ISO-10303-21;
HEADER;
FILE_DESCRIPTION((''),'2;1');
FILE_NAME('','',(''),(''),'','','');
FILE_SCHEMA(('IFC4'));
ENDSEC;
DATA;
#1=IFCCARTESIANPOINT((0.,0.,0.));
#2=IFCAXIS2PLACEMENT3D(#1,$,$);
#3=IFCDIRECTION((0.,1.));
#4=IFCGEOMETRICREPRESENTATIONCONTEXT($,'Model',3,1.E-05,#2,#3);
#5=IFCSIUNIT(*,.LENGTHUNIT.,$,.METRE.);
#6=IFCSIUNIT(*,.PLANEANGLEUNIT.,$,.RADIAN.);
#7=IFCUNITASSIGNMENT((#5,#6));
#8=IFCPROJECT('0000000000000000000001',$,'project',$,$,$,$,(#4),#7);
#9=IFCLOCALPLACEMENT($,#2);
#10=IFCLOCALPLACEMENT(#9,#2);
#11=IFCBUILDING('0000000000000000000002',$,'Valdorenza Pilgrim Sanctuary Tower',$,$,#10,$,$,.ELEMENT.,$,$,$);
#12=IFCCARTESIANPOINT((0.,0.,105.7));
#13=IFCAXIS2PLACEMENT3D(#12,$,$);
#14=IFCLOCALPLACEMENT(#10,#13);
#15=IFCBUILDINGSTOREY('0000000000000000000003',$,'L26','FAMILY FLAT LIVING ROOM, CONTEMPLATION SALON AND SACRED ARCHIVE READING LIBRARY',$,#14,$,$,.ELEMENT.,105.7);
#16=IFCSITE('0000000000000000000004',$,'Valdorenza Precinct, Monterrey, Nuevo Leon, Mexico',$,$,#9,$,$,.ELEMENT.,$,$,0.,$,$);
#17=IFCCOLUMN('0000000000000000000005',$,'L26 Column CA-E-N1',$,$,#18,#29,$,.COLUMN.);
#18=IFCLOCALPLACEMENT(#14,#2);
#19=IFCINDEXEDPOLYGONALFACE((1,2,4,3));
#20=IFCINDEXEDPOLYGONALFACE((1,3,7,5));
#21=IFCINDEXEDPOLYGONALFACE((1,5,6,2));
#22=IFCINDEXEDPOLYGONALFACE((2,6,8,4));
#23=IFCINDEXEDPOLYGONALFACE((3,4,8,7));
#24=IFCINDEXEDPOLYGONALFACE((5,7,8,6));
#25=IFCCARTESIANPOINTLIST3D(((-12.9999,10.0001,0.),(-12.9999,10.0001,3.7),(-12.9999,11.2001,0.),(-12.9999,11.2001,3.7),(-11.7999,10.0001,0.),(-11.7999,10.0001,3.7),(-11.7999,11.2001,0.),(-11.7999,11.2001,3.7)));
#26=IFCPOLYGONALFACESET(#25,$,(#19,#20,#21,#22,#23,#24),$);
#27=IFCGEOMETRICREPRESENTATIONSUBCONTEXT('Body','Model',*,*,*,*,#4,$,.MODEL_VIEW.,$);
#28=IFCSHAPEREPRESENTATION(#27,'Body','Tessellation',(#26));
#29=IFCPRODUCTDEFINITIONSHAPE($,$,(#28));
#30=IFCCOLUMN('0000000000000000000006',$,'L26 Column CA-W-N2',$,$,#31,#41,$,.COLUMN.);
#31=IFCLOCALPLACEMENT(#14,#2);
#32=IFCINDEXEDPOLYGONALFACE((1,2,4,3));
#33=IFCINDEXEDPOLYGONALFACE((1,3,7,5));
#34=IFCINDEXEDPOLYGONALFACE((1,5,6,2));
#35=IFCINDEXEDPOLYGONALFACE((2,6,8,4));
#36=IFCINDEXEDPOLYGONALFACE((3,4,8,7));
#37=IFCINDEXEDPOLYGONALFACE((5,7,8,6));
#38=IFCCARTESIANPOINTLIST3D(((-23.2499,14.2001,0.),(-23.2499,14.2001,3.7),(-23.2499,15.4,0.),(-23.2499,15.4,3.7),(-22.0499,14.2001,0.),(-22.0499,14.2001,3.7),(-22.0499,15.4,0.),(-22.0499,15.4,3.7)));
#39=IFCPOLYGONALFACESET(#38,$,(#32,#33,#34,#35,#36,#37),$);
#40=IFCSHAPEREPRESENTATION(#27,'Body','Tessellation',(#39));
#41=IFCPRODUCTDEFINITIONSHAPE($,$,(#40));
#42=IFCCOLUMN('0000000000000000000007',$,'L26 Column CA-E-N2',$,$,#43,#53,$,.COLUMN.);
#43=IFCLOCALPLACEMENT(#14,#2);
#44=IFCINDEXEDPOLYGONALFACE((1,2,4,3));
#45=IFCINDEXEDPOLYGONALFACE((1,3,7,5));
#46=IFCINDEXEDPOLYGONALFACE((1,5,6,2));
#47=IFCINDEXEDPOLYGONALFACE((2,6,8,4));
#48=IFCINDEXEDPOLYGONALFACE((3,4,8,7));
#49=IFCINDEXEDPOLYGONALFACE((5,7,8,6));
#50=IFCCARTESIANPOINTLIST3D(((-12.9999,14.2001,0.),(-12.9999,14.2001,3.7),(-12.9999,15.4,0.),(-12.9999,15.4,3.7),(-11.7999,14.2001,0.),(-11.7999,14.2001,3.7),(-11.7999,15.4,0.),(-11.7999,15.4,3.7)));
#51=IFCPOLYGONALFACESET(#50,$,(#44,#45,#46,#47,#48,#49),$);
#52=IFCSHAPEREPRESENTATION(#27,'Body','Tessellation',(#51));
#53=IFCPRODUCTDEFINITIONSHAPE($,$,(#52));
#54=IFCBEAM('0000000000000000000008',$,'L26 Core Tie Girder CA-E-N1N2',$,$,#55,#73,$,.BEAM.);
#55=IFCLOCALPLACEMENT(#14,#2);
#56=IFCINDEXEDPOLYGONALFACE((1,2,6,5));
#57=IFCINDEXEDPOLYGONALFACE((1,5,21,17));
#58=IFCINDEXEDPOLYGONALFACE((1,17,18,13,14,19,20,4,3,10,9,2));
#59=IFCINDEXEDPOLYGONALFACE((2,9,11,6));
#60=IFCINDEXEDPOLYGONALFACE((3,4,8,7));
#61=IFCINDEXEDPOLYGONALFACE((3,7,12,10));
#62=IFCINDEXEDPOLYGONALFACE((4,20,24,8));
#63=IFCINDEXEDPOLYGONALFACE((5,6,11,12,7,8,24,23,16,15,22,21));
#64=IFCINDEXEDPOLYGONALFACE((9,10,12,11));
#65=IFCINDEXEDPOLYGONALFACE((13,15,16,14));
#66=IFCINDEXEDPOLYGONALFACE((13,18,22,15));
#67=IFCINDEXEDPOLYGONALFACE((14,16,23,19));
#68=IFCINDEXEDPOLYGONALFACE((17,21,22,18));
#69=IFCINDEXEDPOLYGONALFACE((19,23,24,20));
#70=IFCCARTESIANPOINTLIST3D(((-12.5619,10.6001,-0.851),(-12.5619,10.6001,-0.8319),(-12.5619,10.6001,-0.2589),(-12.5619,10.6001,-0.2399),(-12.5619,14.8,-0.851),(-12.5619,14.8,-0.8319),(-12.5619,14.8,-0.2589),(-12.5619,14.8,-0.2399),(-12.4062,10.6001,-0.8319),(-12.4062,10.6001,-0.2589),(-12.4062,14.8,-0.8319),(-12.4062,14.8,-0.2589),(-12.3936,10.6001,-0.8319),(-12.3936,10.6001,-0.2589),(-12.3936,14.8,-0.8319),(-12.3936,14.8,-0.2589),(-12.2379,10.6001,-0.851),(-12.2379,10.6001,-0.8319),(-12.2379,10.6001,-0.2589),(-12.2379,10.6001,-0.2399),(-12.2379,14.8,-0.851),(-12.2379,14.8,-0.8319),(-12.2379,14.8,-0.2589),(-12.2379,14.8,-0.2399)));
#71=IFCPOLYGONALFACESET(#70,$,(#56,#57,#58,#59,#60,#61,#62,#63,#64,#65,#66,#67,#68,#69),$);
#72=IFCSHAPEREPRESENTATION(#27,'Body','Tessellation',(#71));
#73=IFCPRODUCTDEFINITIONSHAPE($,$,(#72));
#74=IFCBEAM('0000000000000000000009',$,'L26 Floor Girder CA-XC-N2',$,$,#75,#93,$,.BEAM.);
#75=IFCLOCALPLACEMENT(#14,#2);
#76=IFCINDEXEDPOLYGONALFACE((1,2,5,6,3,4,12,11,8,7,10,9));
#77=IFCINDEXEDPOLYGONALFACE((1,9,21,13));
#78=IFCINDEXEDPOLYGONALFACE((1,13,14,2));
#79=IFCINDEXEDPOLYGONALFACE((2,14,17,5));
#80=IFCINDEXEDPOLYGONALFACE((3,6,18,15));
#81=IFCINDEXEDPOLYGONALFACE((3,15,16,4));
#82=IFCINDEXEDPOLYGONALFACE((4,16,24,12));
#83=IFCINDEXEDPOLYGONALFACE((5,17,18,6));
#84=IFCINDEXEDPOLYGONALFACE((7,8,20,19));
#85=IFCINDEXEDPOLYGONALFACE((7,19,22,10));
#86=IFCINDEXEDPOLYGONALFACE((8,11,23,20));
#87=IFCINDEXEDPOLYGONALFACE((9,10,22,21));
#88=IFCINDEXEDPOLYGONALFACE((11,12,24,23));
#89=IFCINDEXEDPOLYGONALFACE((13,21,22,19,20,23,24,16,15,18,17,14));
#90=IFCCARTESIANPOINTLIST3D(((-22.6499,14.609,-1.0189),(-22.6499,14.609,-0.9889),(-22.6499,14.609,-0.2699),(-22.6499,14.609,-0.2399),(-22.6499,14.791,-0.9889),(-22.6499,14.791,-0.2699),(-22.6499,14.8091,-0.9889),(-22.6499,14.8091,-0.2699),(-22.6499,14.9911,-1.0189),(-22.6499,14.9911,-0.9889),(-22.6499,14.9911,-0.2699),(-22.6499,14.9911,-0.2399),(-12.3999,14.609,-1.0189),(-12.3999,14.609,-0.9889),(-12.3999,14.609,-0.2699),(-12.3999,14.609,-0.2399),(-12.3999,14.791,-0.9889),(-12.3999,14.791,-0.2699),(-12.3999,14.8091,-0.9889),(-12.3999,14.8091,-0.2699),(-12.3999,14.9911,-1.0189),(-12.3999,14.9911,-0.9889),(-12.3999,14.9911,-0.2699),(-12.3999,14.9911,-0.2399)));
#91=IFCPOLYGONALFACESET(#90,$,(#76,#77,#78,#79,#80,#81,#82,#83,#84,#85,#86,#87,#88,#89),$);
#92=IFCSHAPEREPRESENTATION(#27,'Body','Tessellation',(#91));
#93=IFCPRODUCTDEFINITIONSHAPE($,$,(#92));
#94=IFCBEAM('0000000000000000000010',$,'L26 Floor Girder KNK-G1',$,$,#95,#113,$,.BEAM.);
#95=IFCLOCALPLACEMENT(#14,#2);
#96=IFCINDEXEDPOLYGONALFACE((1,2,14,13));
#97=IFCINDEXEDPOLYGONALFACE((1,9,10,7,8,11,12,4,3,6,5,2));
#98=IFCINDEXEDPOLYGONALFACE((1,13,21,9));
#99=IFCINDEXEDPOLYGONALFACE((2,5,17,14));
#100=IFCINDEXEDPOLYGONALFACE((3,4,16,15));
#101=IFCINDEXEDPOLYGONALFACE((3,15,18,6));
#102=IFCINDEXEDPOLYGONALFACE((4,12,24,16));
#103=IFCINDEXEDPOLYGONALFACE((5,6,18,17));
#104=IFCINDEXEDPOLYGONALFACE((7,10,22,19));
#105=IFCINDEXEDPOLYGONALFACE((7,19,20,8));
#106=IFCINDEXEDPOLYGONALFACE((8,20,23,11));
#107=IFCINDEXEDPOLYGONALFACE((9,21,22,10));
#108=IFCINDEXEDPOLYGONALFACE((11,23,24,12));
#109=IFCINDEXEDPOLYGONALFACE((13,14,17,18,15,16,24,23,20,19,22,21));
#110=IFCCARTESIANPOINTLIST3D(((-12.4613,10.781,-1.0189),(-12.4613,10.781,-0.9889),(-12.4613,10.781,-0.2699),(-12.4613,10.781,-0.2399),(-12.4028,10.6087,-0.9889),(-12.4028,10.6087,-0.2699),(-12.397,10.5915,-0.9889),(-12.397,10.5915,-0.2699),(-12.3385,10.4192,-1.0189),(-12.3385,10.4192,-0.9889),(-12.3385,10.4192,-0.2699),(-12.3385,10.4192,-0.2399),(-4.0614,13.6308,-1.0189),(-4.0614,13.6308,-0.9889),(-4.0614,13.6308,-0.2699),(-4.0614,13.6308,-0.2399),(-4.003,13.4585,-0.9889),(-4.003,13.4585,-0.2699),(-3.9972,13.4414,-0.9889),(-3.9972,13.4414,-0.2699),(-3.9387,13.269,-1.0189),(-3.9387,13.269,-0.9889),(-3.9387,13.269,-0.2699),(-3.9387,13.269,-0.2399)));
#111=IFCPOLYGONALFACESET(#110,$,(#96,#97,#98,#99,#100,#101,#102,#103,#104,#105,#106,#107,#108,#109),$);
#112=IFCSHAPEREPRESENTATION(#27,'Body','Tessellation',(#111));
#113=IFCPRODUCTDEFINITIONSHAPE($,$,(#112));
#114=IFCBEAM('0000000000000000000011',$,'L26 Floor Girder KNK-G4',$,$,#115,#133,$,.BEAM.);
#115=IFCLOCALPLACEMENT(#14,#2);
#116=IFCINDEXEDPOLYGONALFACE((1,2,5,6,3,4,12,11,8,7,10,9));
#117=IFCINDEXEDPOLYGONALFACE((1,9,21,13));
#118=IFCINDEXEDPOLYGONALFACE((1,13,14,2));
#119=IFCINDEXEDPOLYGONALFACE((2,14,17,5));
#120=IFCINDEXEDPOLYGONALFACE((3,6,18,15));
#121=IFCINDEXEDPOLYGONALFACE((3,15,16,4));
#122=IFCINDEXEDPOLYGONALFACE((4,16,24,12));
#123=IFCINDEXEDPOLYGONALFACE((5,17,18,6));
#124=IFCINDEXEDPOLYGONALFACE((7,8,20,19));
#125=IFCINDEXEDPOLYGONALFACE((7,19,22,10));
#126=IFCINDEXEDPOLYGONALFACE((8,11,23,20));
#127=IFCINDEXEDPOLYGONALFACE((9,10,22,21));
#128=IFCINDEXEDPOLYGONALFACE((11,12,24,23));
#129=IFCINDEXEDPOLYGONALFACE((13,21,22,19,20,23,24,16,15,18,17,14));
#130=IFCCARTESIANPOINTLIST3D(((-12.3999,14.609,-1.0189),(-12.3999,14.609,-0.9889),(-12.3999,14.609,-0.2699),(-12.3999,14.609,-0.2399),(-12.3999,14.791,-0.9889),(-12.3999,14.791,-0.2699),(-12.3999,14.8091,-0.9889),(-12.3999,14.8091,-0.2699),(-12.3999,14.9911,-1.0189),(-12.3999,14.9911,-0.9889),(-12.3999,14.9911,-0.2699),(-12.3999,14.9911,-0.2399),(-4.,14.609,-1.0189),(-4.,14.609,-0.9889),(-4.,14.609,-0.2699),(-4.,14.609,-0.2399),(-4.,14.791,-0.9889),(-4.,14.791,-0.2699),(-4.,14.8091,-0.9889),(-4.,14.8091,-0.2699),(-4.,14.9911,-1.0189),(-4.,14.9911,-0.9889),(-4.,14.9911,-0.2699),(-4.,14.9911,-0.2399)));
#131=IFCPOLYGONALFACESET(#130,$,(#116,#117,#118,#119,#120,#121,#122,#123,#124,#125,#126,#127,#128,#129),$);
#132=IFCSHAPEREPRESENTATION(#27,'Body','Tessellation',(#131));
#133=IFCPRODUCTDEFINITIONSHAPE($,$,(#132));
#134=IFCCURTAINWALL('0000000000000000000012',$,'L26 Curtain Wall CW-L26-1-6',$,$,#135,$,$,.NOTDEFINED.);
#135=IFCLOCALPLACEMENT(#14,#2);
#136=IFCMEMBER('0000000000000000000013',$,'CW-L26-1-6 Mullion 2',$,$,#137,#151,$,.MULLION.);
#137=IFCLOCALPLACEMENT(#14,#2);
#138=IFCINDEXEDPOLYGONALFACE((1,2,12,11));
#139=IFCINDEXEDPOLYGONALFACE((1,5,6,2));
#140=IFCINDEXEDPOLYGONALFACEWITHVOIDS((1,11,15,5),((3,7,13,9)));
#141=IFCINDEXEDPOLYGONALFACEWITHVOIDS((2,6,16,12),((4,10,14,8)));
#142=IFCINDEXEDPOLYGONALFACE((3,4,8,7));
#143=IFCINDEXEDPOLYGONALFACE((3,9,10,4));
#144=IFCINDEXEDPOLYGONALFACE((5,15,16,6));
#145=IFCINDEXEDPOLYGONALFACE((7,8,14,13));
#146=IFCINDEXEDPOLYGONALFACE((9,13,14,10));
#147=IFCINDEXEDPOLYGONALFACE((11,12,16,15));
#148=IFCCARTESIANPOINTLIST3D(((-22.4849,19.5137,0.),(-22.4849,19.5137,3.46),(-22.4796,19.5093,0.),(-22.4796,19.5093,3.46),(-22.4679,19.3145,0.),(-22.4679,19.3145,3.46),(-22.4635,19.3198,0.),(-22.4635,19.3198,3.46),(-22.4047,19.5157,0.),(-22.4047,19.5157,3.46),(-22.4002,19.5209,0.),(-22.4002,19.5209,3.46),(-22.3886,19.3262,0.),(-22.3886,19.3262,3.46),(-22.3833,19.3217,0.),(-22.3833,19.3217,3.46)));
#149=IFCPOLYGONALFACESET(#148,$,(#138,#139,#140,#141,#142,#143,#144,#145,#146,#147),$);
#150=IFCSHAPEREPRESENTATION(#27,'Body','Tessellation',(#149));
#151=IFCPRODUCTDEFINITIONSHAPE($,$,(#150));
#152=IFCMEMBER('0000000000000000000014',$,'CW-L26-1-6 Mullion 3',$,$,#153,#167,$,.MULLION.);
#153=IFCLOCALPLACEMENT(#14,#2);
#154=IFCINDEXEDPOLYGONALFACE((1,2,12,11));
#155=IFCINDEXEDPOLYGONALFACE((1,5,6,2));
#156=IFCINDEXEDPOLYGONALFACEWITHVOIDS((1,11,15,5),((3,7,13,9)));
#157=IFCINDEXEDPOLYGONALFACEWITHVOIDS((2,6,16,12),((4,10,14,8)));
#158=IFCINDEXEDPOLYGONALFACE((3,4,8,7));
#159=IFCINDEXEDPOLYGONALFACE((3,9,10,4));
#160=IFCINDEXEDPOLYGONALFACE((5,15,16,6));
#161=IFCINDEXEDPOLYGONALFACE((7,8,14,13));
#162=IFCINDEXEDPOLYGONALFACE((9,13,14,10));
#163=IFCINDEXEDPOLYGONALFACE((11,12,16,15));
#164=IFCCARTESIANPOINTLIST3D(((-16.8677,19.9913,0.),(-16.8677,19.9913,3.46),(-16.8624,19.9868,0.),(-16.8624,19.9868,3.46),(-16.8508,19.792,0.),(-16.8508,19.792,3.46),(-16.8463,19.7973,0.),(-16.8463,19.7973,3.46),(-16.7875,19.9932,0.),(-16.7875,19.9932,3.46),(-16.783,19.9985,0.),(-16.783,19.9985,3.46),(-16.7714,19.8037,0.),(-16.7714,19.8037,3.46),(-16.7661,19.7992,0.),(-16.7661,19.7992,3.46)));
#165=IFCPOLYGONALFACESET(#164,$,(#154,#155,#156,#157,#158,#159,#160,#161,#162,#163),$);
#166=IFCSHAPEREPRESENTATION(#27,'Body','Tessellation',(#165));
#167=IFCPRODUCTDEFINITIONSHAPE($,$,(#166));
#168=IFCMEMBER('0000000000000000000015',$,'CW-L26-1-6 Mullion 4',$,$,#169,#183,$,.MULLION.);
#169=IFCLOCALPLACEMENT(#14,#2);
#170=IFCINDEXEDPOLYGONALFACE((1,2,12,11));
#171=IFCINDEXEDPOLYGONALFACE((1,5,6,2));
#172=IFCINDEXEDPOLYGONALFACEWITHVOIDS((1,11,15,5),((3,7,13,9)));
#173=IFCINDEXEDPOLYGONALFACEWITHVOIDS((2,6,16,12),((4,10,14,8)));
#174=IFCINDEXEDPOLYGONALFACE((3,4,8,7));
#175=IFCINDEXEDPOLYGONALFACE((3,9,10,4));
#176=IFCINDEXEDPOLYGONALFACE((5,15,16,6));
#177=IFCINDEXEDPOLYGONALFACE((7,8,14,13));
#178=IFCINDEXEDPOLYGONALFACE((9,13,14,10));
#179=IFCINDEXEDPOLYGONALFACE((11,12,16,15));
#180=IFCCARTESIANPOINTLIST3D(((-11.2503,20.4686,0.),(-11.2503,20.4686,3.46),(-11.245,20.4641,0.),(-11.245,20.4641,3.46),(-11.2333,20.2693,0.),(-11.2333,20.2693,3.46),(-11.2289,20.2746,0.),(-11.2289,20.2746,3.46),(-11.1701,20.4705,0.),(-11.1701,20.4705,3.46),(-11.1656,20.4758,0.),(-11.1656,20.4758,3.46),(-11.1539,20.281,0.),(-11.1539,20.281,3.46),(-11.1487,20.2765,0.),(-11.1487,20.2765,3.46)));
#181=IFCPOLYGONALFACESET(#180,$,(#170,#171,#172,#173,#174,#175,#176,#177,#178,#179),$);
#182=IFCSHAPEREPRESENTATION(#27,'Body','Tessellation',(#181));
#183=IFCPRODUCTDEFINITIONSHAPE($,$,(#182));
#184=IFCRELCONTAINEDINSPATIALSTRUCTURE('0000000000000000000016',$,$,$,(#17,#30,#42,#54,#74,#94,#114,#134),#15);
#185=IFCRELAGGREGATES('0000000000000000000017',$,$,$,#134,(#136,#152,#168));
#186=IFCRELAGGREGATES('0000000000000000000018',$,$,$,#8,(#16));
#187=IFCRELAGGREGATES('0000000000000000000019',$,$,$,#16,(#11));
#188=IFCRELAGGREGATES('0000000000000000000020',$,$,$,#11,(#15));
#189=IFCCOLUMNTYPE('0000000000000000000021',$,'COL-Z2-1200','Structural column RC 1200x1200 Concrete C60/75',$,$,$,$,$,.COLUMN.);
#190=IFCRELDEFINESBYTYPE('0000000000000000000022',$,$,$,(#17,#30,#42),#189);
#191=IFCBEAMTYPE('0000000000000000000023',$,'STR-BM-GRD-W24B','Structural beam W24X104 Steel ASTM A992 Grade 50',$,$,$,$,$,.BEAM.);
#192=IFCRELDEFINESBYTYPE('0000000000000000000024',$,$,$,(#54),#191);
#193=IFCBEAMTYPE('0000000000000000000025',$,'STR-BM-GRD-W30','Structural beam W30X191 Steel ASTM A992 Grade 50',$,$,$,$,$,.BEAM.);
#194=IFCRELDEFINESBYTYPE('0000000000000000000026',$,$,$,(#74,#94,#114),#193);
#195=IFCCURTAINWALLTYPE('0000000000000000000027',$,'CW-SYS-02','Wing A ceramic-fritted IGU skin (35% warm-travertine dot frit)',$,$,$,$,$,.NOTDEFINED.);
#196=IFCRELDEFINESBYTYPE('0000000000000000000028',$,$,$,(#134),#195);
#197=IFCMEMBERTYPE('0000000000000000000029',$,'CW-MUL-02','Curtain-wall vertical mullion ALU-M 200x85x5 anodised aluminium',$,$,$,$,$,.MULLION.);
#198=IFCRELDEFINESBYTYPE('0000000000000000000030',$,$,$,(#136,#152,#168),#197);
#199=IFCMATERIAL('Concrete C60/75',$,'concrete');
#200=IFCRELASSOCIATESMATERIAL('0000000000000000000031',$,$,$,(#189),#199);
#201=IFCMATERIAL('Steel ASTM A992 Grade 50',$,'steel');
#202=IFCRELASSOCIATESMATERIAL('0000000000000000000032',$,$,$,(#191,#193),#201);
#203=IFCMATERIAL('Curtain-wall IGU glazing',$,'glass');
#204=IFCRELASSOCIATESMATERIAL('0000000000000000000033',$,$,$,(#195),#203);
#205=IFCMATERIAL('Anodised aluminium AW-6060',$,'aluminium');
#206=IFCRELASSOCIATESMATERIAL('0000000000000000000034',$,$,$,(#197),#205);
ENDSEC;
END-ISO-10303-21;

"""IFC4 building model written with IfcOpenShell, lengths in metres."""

from ifc_helpers import new_model, si_unit, direction, frame, origin, origin_2d, place, context, subcontext, project, spatial, rectangle, hollow_rectangle, i_section, extrude, source, transform, mapped, material, material_profile, profile_set, type_object, element, aggregate, save


model = new_model("IFC4")

# Units and contexts
model_context = context("Model", 3, precision=1e-05, world=origin(), true_north=direction((0.0, 1.0)))
body_context = subcontext(model_context, "Body", "Model", "MODEL_VIEW")
ifc_project = project(units=[si_unit("LENGTHUNIT", "METRE"), si_unit("PLANEANGLEUNIT", "RADIAN")], contexts=[model_context])

# Site, building, storey
site_placement = place(None, origin())
site = spatial("IfcSite", under=ifc_project, at=site_placement, Name="Valdorenza Precinct, Monterrey, Nuevo Leon, Mexico", CompositionType="ELEMENT", RefElevation=0.0)
building_placement = place(site_placement, origin())
building = spatial("IfcBuilding", under=site, at=building_placement, Name="Valdorenza Pilgrim Sanctuary Tower", CompositionType="ELEMENT")
storey_placement = place(building_placement, frame((0.0, 0.0, 105.7)))
storey = spatial("IfcBuildingStorey", under=building, at=storey_placement, Name="L26", Description="FAMILY FLAT LIVING ROOM, CONTEMPLATION SALON AND SACRED ARCHIVE READING LIBRARY", CompositionType="ELEMENT", Elevation=105.7)

# Columns
ifc_material_1 = material(Name="Concrete C60/75", Category="concrete")
ifc_material_profile_1 = material_profile(ifc_material_1, rectangle(XDim=1.2, YDim=1.2, at=origin_2d()), Name="RC 1200x1200")
ifc_profile_set_1 = profile_set([ifc_material_profile_1], Name="Concrete C60/75")
column_type = type_object("IfcColumnType", Name="COL-Z2-1200", Description="Structural column RC 1200x1200 Concrete C60/75", PredefinedType="COLUMN", material=ifc_profile_set_1)
shared_shape_1 = source(origin(), body_context, "Body", "SweptSolid", [
    extrude(rectangle(XDim=1.2, YDim=1.2, at=origin_2d()), origin(), (0.0, 0.0, 1.0), 3.7),
])
for number, where, z_axis, x_axis, name in (
    (1, (-12.3999, 10.6001, 0.0), (0.0, 0.0, 1.0), (1.0, 0.0, 0.0), "L26 Column CA-E-N1"),
    (2, (-22.6499, 14.8, 0.0), (0.0, 0.0, 1.0), (1.0, 0.0, 0.0), "L26 Column CA-W-N2"),
    (3, (-12.3999, 14.8, 0.0), (0.0, 0.0, 1.0), (1.0, 0.0, 0.0), "L26 Column CA-E-N2"),
):
    element("IfcColumn", number, at=place(storey_placement, frame(where, z_axis=z_axis, x_axis=x_axis)), inside=storey, type_object=column_type, Name=name, PredefinedType="COLUMN", context=body_context, shape_type="MappedRepresentation", body=[
        mapped(shared_shape_1, transform((0.0, 0.0, 0.0), x_axis=(1.0, 0.0, 0.0), y_axis=(0.0, 1.0, 0.0), z_axis=(0.0, 0.0, 1.0), scale=1.0)),
    ])

# Beams
ifc_material_2 = material(Name="Steel ASTM A992 Grade 50", Category="steel")
ifc_material_profile_2 = material_profile(ifc_material_2, i_section(OverallWidth=0.324, OverallDepth=0.6111, WebThickness=0.0127, FlangeThickness=0.019, at=origin_2d()), Name="W24X104")
ifc_profile_set_2 = profile_set([ifc_material_profile_2], Name="Steel ASTM A992 Grade 50")
beam_type_1 = type_object("IfcBeamType", Name="STR-BM-GRD-W24B", Description="Structural beam W24X104 Steel ASTM A992 Grade 50", PredefinedType="BEAM", material=ifc_profile_set_2)
shared_shape_2 = source(origin(), body_context, "Body", "SweptSolid", [
    extrude(i_section(OverallWidth=0.324, OverallDepth=0.6111, WebThickness=0.0127, FlangeThickness=0.019, at=origin_2d()), origin(), (0.0, 0.0, 1.0), 4.2),
])
beam_1_placement = place(storey_placement, frame((-12.3999, 10.6001, -0.5454), z_axis=(0.0, 1.0, 0.0), x_axis=(-1.0, 0.0, 0.0)))
element("IfcBeam", 4, at=beam_1_placement, inside=storey, type_object=beam_type_1, Name="L26 Core Tie Girder CA-E-N1N2", PredefinedType="BEAM", context=body_context, shape_type="MappedRepresentation", body=[
    mapped(shared_shape_2, transform((0.0, 0.0, 0.0), x_axis=(1.0, 0.0, 0.0), y_axis=(0.0, 1.0, 0.0), z_axis=(0.0, 0.0, 1.0), scale=1.0)),
])
ifc_material_profile_3 = material_profile(ifc_material_2, i_section(OverallWidth=0.3821, OverallDepth=0.7791, WebThickness=0.0181, FlangeThickness=0.03, at=origin_2d()), Name="W30X191")
ifc_profile_set_3 = profile_set([ifc_material_profile_3], Name="Steel ASTM A992 Grade 50")
beam_type_2 = type_object("IfcBeamType", Name="STR-BM-GRD-W30", Description="Structural beam W30X191 Steel ASTM A992 Grade 50", PredefinedType="BEAM", material=ifc_profile_set_3)
shared_shape_3 = source(origin(), body_context, "Body", "SweptSolid", [
    extrude(i_section(OverallWidth=0.3821, OverallDepth=0.7791, WebThickness=0.0181, FlangeThickness=0.03, at=origin_2d()), origin(), (0.0, 0.0, 1.0), 10.25),
])
beam_2_placement = place(storey_placement, frame((-22.6499, 14.8, -0.6294), z_axis=(1.0, 0.0, 0.0), x_axis=(0.0, 1.0, 0.0)))
element("IfcBeam", 5, at=beam_2_placement, inside=storey, type_object=beam_type_2, Name="L26 Floor Girder CA-XC-N2", PredefinedType="BEAM", context=body_context, shape_type="MappedRepresentation", body=[
    mapped(shared_shape_3, transform((0.0, 0.0, 0.0), x_axis=(1.0, 0.0, 0.0), y_axis=(0.0, 1.0, 0.0), z_axis=(0.0, 0.0, 1.0), scale=1.0)),
])
shared_shape_4 = source(origin(), body_context, "Body", "SweptSolid", [
    extrude(i_section(OverallWidth=0.3821, OverallDepth=0.7791, WebThickness=0.0181, FlangeThickness=0.03, at=origin_2d()), origin(), (0.0, 0.0, 1.0), 8.8701),
])
beam_3_placement = place(storey_placement, frame((-12.3999, 10.6001, -0.6294), z_axis=(0.946983, 0.321285, 0.0), x_axis=(-0.321285, 0.946983, 0.0)))
element("IfcBeam", 6, at=beam_3_placement, inside=storey, type_object=beam_type_2, Name="L26 Floor Girder KNK-G1", PredefinedType="BEAM", context=body_context, shape_type="MappedRepresentation", body=[
    mapped(shared_shape_4, transform((0.0, 0.0, 0.0), x_axis=(1.0, 0.0, 0.0), y_axis=(0.0, 1.0, 0.0), z_axis=(0.0, 0.0, 1.0), scale=1.0)),
])
shared_shape_5 = source(origin(), body_context, "Body", "SweptSolid", [
    extrude(i_section(OverallWidth=0.3821, OverallDepth=0.7791, WebThickness=0.0181, FlangeThickness=0.03, at=origin_2d()), origin(), (0.0, 0.0, 1.0), 8.3999),
])
beam_4_placement = place(storey_placement, frame((-12.3999, 14.8, -0.6294), z_axis=(1.0, 0.0, 0.0), x_axis=(0.0, 1.0, 0.0)))
element("IfcBeam", 7, at=beam_4_placement, inside=storey, type_object=beam_type_2, Name="L26 Floor Girder KNK-G4", PredefinedType="BEAM", context=body_context, shape_type="MappedRepresentation", body=[
    mapped(shared_shape_5, transform((0.0, 0.0, 0.0), x_axis=(1.0, 0.0, 0.0), y_axis=(0.0, 1.0, 0.0), z_axis=(0.0, 0.0, 1.0), scale=1.0)),
])

# Curtain wall, members
ifc_material_3 = material(Name="Curtain-wall IGU glazing", Category="glass")
curtain_wall_type = type_object("IfcCurtainWallType", Name="CW-SYS-02", Description="Wing A ceramic-fritted IGU skin (35% warm-travertine dot frit)", PredefinedType="NOTDEFINED", material=ifc_material_3)
curtain_wall_placement = place(storey_placement, origin())
curtain_wall = element("IfcCurtainWall", 8, at=curtain_wall_placement, inside=storey, type_object=curtain_wall_type, Name="L26 Curtain Wall CW-L26-1-6", PredefinedType="NOTDEFINED")
ifc_material_4 = material(Name="Anodised aluminium AW-6060", Category="aluminium")
ifc_material_profile_4 = material_profile(ifc_material_4, hollow_rectangle(XDim=0.085, YDim=0.2, WallThickness=0.0049, at=origin_2d()), Name="ALU-M 200x85x5")
ifc_profile_set_4 = profile_set([ifc_material_profile_4], Name="Anodised aluminium AW-6060")
member_type = type_object("IfcMemberType", Name="CW-MUL-02", Description="Curtain-wall vertical mullion ALU-M 200x85x5 anodised aluminium", PredefinedType="MULLION", material=ifc_profile_set_4)
shared_shape_6 = source(origin(), body_context, "Body", "SweptSolid", [
    extrude(hollow_rectangle(XDim=0.085, YDim=0.2, WallThickness=0.0049, at=origin_2d()), origin(), (0.0, 0.0, 1.0), 3.46),
])
member_1_placement = place(storey_placement, frame((-22.4341, 19.4177, 0.0), z_axis=(0.0, 0.0, 1.0), x_axis=(0.996408, 0.084687, 0.0)))
member_1 = element("IfcMember", 9, at=member_1_placement, type_object=member_type, Name="CW-L26-1-6 Mullion 2", PredefinedType="MULLION", context=body_context, shape_type="MappedRepresentation", body=[
    mapped(shared_shape_6, transform((0.0, 0.0, 0.0), x_axis=(1.0, 0.0, 0.0), y_axis=(0.0, 1.0, 0.0), z_axis=(0.0, 0.0, 1.0), scale=1.0)),
])
member_2_placement = place(storey_placement, frame((-16.8169, 19.8953, 0.0), z_axis=(0.0, 0.0, 1.0), x_axis=(0.996408, 0.084687, 0.0)))
member_2 = element("IfcMember", 10, at=member_2_placement, type_object=member_type, Name="CW-L26-1-6 Mullion 3", PredefinedType="MULLION", context=body_context, shape_type="MappedRepresentation", body=[
    mapped(shared_shape_6, transform((0.0, 0.0, 0.0), x_axis=(1.0, 0.0, 0.0), y_axis=(0.0, 1.0, 0.0), z_axis=(0.0, 0.0, 1.0), scale=1.0)),
])
member_3_placement = place(storey_placement, frame((-11.1995, 20.3726, 0.0), z_axis=(0.0, 0.0, 1.0), x_axis=(0.996408, 0.084687, 0.0)))
member_3 = element("IfcMember", 11, at=member_3_placement, type_object=member_type, Name="CW-L26-1-6 Mullion 4", PredefinedType="MULLION", context=body_context, shape_type="MappedRepresentation", body=[
    mapped(shared_shape_6, transform((0.0, 0.0, 0.0), x_axis=(1.0, 0.0, 0.0), y_axis=(0.0, 1.0, 0.0), z_axis=(0.0, 0.0, 1.0), scale=1.0)),
])
aggregate(curtain_wall, [member_1, member_2, member_3])

save(model, "model.ifc")
